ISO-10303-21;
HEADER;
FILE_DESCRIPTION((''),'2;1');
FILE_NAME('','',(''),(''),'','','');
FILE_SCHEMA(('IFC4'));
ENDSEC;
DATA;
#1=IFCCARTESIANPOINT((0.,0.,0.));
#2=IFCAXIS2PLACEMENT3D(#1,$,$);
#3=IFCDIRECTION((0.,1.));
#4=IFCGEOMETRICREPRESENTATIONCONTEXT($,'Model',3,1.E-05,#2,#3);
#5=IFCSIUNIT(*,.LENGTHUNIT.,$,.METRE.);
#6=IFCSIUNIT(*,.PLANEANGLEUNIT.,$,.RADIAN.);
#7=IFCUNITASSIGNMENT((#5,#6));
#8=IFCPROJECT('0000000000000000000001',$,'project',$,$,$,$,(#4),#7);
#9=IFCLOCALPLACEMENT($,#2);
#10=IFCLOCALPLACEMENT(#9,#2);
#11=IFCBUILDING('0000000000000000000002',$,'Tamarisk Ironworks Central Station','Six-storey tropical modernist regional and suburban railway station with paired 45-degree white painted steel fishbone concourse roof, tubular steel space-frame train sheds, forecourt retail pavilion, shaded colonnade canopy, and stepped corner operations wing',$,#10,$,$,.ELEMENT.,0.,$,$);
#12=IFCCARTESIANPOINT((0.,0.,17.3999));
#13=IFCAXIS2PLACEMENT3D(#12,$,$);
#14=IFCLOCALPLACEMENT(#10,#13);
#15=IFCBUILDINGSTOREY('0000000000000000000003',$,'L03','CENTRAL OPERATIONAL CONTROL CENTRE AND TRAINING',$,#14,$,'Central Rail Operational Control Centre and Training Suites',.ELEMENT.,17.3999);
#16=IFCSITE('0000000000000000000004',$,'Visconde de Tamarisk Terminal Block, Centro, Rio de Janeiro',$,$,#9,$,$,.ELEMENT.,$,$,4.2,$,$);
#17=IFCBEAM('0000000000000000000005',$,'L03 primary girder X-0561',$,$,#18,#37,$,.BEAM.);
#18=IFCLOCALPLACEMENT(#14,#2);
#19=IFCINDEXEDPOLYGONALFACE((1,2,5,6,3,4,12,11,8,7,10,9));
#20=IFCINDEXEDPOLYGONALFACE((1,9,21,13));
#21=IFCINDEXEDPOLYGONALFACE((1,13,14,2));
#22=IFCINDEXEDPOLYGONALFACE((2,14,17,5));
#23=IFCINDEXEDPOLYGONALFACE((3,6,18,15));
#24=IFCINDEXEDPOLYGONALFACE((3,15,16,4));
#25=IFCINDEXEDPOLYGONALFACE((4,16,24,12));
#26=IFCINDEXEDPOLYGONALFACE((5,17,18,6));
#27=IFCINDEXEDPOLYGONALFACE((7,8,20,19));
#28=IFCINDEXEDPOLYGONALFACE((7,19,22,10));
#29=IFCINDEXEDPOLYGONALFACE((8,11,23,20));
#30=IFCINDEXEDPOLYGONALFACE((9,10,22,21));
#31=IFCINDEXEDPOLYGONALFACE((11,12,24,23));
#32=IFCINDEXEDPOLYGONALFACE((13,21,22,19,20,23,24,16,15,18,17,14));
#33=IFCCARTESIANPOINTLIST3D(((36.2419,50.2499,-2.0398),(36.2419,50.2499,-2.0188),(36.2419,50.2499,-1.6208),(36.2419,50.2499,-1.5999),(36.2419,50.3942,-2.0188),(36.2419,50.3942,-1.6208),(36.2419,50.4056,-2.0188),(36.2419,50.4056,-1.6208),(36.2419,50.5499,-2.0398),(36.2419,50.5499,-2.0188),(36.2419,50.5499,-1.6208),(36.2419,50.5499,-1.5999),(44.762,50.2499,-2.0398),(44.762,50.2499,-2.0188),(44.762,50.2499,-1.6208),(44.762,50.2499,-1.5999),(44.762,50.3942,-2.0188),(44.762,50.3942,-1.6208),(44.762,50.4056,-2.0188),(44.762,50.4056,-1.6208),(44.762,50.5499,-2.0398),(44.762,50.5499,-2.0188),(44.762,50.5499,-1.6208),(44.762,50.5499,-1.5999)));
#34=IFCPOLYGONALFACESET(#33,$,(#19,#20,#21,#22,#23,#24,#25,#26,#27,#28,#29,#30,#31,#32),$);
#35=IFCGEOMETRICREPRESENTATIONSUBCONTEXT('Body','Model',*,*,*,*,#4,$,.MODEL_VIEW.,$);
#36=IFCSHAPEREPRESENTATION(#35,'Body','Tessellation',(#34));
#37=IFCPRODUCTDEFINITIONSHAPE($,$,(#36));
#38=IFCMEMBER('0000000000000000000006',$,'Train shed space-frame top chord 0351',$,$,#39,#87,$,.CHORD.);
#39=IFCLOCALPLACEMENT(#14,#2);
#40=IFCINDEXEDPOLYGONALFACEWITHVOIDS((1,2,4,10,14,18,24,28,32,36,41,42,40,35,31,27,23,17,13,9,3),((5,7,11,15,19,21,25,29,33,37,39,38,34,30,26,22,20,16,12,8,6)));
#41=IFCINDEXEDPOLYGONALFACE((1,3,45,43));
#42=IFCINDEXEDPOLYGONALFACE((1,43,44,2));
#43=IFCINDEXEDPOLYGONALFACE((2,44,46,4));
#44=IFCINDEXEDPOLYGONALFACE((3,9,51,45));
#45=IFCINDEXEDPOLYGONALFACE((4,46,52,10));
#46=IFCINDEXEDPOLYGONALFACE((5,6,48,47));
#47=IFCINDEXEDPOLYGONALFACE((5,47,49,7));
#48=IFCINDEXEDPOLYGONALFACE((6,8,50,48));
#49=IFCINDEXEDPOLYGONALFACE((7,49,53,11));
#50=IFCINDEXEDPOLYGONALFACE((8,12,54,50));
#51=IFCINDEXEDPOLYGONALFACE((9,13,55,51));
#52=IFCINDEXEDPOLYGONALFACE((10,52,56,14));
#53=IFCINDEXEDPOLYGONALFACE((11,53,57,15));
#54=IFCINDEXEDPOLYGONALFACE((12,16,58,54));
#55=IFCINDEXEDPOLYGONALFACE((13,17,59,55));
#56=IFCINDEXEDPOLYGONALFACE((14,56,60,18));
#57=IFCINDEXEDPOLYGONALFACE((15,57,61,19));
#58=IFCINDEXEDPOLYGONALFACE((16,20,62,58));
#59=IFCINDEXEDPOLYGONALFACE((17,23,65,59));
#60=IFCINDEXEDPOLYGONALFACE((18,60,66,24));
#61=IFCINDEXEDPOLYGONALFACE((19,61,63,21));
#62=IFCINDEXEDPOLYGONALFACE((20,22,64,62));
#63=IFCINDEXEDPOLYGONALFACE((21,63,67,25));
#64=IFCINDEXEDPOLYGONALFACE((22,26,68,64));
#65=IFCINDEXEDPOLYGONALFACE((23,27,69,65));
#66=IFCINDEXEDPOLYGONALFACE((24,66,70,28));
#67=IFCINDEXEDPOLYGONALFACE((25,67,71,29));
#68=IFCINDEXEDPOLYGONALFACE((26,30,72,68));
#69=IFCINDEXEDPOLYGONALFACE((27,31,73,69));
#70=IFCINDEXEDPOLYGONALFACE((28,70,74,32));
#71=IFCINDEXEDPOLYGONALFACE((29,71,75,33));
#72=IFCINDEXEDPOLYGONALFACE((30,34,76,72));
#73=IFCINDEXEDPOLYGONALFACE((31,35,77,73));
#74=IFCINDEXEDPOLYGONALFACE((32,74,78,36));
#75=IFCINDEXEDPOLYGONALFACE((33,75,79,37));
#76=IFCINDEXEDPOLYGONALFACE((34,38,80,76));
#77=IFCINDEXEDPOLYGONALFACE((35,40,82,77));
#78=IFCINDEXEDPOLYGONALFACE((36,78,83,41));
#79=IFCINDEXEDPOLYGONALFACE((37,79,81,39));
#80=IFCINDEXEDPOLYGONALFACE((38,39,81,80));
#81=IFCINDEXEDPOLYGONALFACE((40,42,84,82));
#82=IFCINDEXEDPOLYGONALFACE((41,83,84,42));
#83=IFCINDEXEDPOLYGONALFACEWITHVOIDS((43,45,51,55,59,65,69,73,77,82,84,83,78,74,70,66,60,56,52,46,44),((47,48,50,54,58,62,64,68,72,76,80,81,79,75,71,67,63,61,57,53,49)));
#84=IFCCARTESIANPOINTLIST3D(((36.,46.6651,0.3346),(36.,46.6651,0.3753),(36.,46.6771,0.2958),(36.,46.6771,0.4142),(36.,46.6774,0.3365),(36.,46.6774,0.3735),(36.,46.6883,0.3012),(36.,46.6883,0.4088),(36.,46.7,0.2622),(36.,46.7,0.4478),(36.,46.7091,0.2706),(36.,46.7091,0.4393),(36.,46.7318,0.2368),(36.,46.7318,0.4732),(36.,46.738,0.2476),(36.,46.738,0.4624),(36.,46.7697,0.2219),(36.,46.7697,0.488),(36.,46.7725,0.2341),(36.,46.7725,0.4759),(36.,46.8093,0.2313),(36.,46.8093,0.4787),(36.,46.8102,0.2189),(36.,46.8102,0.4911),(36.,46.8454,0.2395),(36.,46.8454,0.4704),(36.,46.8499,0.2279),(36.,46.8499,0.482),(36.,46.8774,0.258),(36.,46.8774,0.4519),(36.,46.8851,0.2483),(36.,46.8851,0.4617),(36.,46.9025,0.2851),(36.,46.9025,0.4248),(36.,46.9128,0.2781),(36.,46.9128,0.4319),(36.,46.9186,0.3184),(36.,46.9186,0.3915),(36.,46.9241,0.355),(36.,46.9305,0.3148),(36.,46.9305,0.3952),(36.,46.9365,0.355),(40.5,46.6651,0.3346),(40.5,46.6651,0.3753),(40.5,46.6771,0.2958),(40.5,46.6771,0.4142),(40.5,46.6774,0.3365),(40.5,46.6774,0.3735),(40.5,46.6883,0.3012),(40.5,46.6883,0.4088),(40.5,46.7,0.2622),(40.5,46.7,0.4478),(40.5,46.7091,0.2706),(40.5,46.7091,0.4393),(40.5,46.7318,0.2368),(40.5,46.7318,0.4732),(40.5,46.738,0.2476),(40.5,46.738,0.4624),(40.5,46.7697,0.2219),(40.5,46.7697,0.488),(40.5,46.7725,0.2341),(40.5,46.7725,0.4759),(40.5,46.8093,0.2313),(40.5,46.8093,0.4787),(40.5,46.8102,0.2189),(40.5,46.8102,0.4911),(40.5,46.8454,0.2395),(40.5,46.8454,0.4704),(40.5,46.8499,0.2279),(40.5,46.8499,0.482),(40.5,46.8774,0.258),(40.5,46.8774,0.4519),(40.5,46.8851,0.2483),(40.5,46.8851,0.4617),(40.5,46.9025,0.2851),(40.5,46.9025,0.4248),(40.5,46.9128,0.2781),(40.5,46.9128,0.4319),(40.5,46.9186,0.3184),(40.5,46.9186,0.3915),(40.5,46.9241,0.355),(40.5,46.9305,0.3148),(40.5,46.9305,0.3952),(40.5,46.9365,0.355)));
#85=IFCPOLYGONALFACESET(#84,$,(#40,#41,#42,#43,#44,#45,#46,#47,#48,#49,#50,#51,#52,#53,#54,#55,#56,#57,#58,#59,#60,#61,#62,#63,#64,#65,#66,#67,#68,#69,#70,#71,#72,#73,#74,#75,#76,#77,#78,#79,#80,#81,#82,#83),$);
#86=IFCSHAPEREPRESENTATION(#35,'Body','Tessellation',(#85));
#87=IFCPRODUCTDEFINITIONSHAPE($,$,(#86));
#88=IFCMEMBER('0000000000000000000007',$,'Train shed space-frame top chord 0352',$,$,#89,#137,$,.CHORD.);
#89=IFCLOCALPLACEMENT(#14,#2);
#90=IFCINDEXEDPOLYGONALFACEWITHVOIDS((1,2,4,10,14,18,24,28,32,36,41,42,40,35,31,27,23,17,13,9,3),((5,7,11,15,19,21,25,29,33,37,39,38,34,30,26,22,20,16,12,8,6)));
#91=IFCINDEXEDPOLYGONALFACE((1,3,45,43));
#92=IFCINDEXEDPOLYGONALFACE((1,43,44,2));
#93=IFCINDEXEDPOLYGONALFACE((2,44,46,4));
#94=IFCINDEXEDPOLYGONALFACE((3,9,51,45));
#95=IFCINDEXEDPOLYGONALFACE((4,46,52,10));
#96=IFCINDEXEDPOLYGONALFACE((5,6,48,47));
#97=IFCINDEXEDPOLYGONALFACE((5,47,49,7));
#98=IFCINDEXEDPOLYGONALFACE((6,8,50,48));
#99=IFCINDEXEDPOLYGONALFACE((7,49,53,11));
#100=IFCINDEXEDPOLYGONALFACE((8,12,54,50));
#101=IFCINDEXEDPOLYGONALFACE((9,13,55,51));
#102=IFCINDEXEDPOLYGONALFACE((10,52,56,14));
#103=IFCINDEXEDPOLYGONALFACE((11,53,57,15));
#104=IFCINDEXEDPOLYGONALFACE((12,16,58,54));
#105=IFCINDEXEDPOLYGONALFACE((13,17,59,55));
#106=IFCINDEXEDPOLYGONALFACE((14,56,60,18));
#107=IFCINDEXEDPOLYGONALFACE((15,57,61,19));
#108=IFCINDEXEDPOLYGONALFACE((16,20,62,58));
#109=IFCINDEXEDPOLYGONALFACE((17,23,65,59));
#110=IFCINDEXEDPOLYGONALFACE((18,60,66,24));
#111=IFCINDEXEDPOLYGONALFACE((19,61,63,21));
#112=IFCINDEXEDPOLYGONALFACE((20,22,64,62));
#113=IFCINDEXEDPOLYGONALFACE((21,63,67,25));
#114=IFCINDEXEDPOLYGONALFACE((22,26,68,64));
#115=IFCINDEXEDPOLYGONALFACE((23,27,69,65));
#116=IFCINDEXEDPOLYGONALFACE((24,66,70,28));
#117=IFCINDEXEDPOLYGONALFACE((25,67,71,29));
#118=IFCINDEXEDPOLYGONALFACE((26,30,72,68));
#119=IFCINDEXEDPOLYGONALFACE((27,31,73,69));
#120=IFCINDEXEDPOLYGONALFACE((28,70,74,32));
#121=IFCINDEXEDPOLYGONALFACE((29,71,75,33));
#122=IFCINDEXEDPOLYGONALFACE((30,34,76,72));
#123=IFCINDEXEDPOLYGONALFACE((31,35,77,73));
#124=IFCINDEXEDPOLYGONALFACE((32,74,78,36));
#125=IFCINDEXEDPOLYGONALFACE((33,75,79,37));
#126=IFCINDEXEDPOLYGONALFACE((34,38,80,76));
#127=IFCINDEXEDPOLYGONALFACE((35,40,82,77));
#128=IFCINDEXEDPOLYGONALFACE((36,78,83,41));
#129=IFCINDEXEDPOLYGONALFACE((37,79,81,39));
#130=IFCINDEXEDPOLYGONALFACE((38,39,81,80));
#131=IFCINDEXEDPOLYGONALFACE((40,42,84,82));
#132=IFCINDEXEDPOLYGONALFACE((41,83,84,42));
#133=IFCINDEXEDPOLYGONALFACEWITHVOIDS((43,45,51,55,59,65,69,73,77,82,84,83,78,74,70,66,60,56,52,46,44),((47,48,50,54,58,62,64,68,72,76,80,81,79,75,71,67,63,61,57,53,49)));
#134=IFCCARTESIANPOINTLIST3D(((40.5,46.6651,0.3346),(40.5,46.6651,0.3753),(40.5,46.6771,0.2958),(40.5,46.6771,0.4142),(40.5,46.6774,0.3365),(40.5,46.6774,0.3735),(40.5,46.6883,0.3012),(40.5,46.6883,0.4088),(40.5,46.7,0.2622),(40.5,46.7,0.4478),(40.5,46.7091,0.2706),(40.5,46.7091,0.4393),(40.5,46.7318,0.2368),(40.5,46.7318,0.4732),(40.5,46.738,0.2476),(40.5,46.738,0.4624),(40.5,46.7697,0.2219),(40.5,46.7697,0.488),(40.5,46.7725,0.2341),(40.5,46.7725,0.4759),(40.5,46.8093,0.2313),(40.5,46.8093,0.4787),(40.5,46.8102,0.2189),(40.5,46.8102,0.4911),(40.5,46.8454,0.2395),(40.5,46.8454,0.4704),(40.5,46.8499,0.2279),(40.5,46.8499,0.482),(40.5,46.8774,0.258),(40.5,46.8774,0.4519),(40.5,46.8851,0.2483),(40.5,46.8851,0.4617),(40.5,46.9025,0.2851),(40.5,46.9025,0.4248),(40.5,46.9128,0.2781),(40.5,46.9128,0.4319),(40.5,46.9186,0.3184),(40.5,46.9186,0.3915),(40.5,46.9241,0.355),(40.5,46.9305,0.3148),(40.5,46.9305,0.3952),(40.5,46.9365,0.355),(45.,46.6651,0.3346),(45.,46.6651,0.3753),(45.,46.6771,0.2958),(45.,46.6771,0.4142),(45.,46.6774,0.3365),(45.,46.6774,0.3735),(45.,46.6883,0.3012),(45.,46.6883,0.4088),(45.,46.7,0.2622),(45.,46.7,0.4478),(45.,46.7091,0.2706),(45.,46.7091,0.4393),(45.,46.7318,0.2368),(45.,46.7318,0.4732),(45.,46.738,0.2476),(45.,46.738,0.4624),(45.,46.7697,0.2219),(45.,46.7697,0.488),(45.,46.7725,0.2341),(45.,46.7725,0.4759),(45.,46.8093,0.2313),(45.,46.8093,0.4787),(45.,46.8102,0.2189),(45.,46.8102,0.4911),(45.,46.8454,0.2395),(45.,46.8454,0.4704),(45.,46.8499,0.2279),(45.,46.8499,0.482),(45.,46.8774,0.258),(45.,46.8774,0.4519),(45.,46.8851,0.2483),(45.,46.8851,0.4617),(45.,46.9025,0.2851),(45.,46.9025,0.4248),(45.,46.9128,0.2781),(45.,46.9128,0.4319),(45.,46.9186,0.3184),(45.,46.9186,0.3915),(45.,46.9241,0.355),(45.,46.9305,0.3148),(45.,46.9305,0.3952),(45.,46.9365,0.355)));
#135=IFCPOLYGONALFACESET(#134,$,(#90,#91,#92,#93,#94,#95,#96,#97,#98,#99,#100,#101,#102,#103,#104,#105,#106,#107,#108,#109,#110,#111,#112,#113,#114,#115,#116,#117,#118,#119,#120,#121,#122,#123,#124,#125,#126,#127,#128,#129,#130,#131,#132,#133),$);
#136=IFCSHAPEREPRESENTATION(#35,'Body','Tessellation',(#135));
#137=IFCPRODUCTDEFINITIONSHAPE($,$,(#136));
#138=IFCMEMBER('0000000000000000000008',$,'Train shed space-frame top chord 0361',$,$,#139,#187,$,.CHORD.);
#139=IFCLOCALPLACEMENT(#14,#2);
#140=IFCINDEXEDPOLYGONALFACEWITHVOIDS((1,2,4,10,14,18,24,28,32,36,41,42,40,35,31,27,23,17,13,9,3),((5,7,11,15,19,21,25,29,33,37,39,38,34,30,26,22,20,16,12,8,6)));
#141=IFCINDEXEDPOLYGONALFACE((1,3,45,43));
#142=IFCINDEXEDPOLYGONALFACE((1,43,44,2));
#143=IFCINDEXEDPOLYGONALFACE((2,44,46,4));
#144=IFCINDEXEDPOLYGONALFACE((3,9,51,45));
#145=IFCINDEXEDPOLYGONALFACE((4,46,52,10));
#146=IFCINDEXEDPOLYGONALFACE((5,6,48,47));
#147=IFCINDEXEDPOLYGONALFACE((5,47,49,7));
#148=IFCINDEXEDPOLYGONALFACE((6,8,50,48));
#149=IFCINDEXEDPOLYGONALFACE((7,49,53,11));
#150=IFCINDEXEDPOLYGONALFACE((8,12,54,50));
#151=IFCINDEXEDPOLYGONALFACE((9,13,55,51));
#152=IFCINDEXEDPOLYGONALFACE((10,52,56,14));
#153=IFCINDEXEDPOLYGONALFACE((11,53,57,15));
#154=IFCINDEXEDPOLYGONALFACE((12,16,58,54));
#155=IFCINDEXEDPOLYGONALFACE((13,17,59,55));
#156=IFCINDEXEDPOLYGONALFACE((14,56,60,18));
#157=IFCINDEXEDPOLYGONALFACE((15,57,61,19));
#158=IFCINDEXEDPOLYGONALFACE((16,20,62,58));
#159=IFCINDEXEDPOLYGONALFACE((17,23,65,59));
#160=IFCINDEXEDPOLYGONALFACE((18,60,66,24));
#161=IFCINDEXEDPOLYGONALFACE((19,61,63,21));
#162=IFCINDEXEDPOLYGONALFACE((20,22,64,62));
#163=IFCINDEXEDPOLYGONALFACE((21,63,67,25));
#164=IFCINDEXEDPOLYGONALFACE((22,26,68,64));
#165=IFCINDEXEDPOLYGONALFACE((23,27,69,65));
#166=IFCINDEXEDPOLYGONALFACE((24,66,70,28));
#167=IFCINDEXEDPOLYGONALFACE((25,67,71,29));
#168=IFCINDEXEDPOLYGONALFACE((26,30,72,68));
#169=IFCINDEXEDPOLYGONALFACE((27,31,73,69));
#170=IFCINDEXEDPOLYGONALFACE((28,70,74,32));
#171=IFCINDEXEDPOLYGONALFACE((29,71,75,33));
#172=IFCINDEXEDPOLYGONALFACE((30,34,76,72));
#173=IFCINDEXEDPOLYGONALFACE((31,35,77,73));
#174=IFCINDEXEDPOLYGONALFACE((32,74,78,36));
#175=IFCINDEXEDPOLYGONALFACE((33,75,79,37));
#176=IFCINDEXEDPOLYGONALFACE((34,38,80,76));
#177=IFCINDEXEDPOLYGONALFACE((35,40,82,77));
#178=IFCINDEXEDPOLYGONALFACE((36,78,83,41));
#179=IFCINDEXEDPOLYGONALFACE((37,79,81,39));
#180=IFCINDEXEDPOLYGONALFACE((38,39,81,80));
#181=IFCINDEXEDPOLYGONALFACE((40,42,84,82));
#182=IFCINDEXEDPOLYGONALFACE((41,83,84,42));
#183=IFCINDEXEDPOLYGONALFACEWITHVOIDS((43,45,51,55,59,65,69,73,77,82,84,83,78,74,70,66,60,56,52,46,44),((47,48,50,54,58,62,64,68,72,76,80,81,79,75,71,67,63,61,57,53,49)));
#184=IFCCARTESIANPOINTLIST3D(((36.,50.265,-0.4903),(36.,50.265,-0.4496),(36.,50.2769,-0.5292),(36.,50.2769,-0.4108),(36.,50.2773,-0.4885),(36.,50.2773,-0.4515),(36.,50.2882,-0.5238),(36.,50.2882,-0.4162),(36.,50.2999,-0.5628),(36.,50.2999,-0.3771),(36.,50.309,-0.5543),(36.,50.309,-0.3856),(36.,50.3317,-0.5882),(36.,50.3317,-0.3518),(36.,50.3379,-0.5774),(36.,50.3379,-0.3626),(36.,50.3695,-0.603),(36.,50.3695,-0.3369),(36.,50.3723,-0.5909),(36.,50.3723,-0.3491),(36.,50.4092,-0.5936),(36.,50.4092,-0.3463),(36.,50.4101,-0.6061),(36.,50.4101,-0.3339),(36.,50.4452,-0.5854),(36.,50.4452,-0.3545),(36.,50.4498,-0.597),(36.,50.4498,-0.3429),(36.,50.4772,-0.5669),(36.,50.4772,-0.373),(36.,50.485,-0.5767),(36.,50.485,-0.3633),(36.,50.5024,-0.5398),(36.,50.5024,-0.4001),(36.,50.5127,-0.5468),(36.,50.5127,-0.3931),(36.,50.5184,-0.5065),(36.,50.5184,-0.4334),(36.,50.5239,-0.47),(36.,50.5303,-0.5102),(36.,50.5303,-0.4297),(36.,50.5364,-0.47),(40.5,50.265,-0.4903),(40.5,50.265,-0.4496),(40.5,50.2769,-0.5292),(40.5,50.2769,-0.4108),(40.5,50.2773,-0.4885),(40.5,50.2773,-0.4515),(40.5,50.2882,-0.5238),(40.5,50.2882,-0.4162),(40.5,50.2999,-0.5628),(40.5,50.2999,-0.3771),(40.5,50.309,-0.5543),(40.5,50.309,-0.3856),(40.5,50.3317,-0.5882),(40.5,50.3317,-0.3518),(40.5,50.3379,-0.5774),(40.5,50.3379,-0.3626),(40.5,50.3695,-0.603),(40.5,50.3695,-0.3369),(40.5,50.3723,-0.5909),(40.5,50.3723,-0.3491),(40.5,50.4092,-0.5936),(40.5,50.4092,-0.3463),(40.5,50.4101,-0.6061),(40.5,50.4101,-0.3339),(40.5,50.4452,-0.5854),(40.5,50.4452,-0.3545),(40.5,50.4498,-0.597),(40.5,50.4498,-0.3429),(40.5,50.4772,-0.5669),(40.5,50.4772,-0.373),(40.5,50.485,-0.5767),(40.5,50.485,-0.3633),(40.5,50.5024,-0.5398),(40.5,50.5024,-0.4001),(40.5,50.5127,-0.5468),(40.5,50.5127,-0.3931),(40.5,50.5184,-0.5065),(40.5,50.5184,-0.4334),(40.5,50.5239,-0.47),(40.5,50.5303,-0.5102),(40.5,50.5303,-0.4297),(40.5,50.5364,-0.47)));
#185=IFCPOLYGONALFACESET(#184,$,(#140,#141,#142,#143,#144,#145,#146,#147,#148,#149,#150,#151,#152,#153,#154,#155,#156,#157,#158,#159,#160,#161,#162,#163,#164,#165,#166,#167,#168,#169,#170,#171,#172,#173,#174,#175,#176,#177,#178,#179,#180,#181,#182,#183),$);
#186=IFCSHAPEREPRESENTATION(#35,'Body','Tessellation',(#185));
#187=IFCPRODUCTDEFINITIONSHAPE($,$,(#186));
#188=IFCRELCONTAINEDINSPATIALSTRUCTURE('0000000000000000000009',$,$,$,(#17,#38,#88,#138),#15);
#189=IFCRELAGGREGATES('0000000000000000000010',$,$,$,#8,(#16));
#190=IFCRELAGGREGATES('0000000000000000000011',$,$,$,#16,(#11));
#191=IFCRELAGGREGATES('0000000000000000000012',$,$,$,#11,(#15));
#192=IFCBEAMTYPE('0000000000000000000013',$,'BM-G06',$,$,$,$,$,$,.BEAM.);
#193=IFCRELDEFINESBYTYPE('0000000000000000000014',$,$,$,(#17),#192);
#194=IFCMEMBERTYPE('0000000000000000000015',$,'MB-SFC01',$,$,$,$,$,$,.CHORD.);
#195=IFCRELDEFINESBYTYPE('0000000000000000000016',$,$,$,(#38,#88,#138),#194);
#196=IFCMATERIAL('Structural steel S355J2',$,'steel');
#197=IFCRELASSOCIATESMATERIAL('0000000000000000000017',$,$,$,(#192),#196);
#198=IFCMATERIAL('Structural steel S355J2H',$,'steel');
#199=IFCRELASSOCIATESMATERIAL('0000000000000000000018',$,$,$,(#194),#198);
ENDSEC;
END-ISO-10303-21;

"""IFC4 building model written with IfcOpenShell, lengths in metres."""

from ifc_helpers import new_model, si_unit, direction, frame, origin, origin_2d, place, context, subcontext, project, spatial, hollow_circle, i_section, extrude, material, material_profile, profile_set, type_object, element, save


model = new_model("IFC4")

# Units and contexts
model_context = context("Model", 3, precision=1e-05, world=origin(), true_north=direction((0.0, 1.0)))
body_context = subcontext(model_context, "Body", "Model", "MODEL_VIEW")
ifc_project = project(units=[si_unit("LENGTHUNIT", "METRE"), si_unit("PLANEANGLEUNIT", "RADIAN")], contexts=[model_context])

# Site, building, storey
site_placement = place(None, origin())
site = spatial("IfcSite", under=ifc_project, at=site_placement, Name="Visconde de Tamarisk Terminal Block, Centro, Rio de Janeiro", CompositionType="ELEMENT", RefElevation=4.2)
building_placement = place(site_placement, origin())
building = spatial("IfcBuilding", under=site, at=building_placement, Name="Tamarisk Ironworks Central Station", Description="Six-storey tropical modernist regional and suburban railway station with paired 45-degree white painted steel fishbone concourse roof, tubular steel space-frame train sheds, forecourt retail pavilion, shaded colonnade canopy, and stepped corner operations wing", CompositionType="ELEMENT", ElevationOfRefHeight=0.0)
storey_placement = place(building_placement, frame((0.0, 0.0, 17.3999)))
storey = spatial("IfcBuildingStorey", under=building, at=storey_placement, Name="L03", Description="CENTRAL OPERATIONAL CONTROL CENTRE AND TRAINING", LongName="Central Rail Operational Control Centre and Training Suites", CompositionType="ELEMENT", Elevation=17.3999)

# Beam
ifc_material_1 = material(Name="Structural steel S355J2", Category="steel")
ifc_material_profile_1 = material_profile(ifc_material_1, i_section(OverallWidth=0.3, OverallDepth=0.4399, WebThickness=0.0115, FlangeThickness=0.021, at=origin_2d()), Name="HEA 450")
ifc_profile_set_1 = profile_set([ifc_material_profile_1], Name="Structural steel S355J2")
beam_type = type_object("IfcBeamType", Name="BM-G06", PredefinedType="BEAM", material=ifc_profile_set_1)
beam_placement = place(storey_placement, frame((36.2419, 50.3999, -1.8198), z_axis=(1.0, 0.0, 0.0), x_axis=(0.0, 1.0, 0.0)))
element("IfcBeam", 1, at=beam_placement, inside=storey, type_object=beam_type, Name="L03 primary girder X-0561", PredefinedType="BEAM", context=body_context, shape_type="SweptSolid", body=[
    extrude(i_section(OverallWidth=0.3, OverallDepth=0.4399, WebThickness=0.0115, FlangeThickness=0.021, at=origin_2d()), origin(), (0.0, 0.0, 1.0), 8.52),
])

# Members
ifc_material_2 = material(Name="Structural steel S355J2H", Category="steel")
ifc_material_profile_2 = material_profile(ifc_material_2, hollow_circle(Radius=0.1365, WallThickness=0.0125, at=origin_2d()), Name="CHS 273x12.5")
ifc_profile_set_2 = profile_set([ifc_material_profile_2], Name="Structural steel S355J2H")
member_type_1 = type_object("IfcMemberType", Name="MB-SFC01", PredefinedType="CHORD", material=ifc_profile_set_2)
for number, where, z_axis, x_axis, name in (
    (2, (36.0, 46.8, 0.355), (1.0, 0.0, 0.0), (0.0, 1.0, 0.0), "Train shed space-frame top chord 0351"),
    (3, (40.5, 46.8, 0.355), (1.0, 0.0, 0.0), (0.0, 1.0, 0.0), "Train shed space-frame top chord 0352"),
    (4, (36.0, 50.3999, -0.47), (1.0, 0.0, 0.0), (0.0, 1.0, 0.0), "Train shed space-frame top chord 0361"),
):
    element("IfcMember", number, at=place(storey_placement, frame(where, z_axis=z_axis, x_axis=x_axis)), inside=storey, type_object=member_type_1, Name=name, PredefinedType="CHORD", context=body_context, shape_type="SweptSolid", body=[
        extrude(hollow_circle(Radius=0.1365, WallThickness=0.0125, at=origin_2d()), origin(), (0.0, 0.0, 1.0), 4.5),
    ])

save(model, "model.ifc")
